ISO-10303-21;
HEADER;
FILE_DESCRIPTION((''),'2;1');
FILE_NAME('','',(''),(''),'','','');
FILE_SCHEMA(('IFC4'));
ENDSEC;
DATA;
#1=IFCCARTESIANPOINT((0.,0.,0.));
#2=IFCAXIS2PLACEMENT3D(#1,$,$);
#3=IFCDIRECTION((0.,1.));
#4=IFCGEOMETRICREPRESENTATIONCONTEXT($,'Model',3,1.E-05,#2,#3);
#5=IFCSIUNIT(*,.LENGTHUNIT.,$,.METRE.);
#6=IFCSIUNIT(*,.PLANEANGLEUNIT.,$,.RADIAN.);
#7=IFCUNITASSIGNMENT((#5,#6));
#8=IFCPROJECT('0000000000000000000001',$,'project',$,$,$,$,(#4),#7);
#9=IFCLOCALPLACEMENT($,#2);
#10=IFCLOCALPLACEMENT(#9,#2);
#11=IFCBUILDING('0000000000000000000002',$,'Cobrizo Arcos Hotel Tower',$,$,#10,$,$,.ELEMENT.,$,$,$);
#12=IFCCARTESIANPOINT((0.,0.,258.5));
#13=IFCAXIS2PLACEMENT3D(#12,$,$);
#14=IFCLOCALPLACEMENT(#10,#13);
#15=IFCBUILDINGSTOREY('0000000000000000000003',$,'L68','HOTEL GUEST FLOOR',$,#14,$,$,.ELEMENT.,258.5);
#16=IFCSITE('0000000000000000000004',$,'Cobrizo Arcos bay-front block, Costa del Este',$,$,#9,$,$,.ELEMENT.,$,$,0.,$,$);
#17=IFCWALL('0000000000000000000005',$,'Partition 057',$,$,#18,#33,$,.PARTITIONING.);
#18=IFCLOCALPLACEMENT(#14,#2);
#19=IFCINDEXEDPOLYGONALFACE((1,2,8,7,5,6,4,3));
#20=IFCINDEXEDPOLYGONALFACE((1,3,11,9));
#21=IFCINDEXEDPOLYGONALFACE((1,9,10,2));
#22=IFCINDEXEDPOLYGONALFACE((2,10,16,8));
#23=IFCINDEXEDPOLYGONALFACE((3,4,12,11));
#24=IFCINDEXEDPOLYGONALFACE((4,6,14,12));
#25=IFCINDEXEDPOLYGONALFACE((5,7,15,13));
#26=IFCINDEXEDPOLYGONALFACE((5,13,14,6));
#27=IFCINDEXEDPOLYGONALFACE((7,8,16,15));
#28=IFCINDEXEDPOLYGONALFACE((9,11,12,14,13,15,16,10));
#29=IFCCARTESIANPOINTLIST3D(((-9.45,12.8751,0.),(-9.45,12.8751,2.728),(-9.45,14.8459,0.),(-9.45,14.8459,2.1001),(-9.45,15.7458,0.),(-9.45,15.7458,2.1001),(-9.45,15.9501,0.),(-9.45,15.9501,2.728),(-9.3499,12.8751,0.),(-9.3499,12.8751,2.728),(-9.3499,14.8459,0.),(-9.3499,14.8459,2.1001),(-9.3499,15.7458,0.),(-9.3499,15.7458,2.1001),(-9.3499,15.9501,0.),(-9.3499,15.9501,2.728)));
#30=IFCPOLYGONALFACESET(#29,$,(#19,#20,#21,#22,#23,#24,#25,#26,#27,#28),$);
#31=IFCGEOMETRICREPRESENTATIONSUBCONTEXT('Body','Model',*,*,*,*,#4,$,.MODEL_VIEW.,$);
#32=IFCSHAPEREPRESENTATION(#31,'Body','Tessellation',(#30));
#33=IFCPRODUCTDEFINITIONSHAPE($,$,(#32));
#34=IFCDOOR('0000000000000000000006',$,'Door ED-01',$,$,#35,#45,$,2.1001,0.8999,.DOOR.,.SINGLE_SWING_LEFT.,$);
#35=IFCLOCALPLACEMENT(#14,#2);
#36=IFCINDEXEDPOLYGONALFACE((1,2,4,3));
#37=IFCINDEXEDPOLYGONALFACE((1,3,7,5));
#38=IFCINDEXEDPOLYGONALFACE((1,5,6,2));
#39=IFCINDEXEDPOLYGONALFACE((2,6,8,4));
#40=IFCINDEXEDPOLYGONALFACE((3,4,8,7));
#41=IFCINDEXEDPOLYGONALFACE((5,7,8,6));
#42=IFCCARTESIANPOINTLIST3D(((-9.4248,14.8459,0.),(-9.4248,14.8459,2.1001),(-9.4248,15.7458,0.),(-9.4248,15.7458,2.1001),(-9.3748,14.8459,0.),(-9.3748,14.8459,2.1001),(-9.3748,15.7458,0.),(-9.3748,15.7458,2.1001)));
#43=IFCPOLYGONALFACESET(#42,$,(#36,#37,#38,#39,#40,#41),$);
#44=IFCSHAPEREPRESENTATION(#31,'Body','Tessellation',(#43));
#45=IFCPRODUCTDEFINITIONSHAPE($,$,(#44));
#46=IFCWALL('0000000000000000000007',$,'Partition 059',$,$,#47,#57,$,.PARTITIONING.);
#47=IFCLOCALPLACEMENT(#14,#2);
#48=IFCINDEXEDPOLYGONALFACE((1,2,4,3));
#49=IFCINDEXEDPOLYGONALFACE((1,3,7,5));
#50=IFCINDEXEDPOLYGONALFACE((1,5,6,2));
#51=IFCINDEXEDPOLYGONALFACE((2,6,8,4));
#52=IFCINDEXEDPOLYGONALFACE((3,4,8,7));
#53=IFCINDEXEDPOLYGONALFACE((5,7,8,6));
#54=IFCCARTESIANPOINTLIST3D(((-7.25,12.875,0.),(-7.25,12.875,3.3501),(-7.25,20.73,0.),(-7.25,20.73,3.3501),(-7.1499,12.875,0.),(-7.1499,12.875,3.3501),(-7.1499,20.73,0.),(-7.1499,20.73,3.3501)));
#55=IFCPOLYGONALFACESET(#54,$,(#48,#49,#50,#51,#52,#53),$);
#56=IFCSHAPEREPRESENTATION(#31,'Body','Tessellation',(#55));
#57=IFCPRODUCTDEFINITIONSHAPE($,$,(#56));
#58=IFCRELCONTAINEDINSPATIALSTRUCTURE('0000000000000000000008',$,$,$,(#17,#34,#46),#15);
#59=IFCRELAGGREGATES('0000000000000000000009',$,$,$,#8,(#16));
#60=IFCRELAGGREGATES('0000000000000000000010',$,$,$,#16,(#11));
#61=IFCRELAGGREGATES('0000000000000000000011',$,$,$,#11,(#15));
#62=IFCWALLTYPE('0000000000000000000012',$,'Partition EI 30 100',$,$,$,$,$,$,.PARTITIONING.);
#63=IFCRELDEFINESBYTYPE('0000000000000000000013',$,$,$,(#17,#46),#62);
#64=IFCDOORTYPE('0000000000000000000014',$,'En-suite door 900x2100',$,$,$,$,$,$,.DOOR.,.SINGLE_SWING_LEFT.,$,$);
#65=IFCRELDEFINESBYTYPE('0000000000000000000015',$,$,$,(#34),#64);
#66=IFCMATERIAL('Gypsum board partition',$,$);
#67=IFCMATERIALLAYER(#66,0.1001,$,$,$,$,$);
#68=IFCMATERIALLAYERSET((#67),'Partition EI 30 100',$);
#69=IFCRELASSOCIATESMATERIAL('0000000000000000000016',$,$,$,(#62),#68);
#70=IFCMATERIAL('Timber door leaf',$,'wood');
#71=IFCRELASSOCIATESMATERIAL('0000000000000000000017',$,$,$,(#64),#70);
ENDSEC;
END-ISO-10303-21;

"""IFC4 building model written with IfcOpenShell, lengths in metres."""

from ifc_helpers import new_model, si_unit, direction, frame, frame_2d, origin, place, context, subcontext, project, spatial, rectangle, extrude, material, layer, layer_set, type_object, element, fill, save


model = new_model("IFC4")

# Units and contexts
model_context = context("Model", 3, precision=1e-05, world=origin(), true_north=direction((0.0, 1.0)))
body_context = subcontext(model_context, "Body", "Model", "MODEL_VIEW")
ifc_project = project(units=[si_unit("LENGTHUNIT", "METRE"), si_unit("PLANEANGLEUNIT", "RADIAN")], contexts=[model_context])

# Site, building, storey
site_placement = place(None, origin())
site = spatial("IfcSite", under=ifc_project, at=site_placement, Name="Cobrizo Arcos bay-front block, Costa del Este", CompositionType="ELEMENT", RefElevation=0.0)
building_placement = place(site_placement, origin())
building = spatial("IfcBuilding", under=site, at=building_placement, Name="Cobrizo Arcos Hotel Tower", CompositionType="ELEMENT")
storey_placement = place(building_placement, frame((0.0, 0.0, 258.5)))
storey = spatial("IfcBuildingStorey", under=building, at=storey_placement, Name="L68", Description="HOTEL GUEST FLOOR", CompositionType="ELEMENT", Elevation=258.5)

# Shared definitions
ifc_material_1 = material(Name="Gypsum board partition")
ifc_material_2 = material(Name="Timber door leaf", Category="wood")

# Shared definitions
ifc_layer_1 = layer(ifc_material_1, 0.1001)
ifc_layer_set_1 = layer_set([ifc_layer_1], Name="Partition EI 30 100")
wall_type_1 = type_object("IfcWallType", Name="Partition EI 30 100", PredefinedType="PARTITIONING", material=ifc_layer_set_1)

# Wall, opening, door
wall_1_placement = place(storey_placement, frame((-9.3999, 12.875, 0.0), z_axis=(0.0, 0.0, 1.0), x_axis=(0.0, 1.0, 0.0)))
wall_1 = element("IfcWall", 1, at=wall_1_placement, inside=storey, type_object=wall_type_1, Name="Partition 057", PredefinedType="PARTITIONING", context=body_context, shape_type="SweptSolid", body=[
    extrude(rectangle(XDim=3.075, YDim=0.1001, at=frame_2d((1.5376, 0.0))), origin(), (0.0, 0.0, 1.0), 2.728),
])
opening_1_placement = place(wall_1_placement, frame((1.9709, 0.0, 0.0)))
opening_1 = element("IfcOpeningElement", 2, at=opening_1_placement, cuts=wall_1, PredefinedType="OPENING", context=body_context, shape_type="SweptSolid", body=[
    extrude(rectangle(XDim=0.8999, YDim=2.1001, at=frame_2d((0.45, 1.05))), frame((0.0, 0.062, 0.0), z_axis=(0.0, -1.0, 0.0), x_axis=(1.0, 0.0, 0.0)), (0.0, 0.0, 1.0), 0.124),
])
door_type_1 = type_object("IfcDoorType", Name="En-suite door 900x2100", OperationType="SINGLE_SWING_LEFT", PredefinedType="DOOR", material=ifc_material_2)
door_1_placement = place(opening_1_placement, origin())
door_1 = element("IfcDoor", 3, at=door_1_placement, inside=storey, type_object=door_type_1, Name="Door ED-01", OperationType="SINGLE_SWING_LEFT", OverallHeight=2.1001, OverallWidth=0.8999, PredefinedType="DOOR", context=body_context, shape_type="SweptSolid", body=[
    extrude(rectangle(XDim=0.8999, YDim=2.1001, at=frame_2d((0.45, 1.05))), frame((0.0, 0.0249, 0.0), z_axis=(0.0, -1.0, 0.0), x_axis=(1.0, 0.0, 0.0)), (0.0, 0.0, 1.0), 0.05),
])
fill(opening_1, door_1)

# Wall
wall_2_placement = place(storey_placement, frame((-7.2, 12.875, 0.0), z_axis=(0.0, 0.0, 1.0), x_axis=(0.0, 1.0, 0.0)))
element("IfcWall", 4, at=wall_2_placement, inside=storey, type_object=wall_type_1, Name="Partition 059", PredefinedType="PARTITIONING", context=body_context, shape_type="SweptSolid", body=[
    extrude(rectangle(XDim=7.855, YDim=0.1001, at=frame_2d((3.9275, 0.0))), origin(), (0.0, 0.0, 1.0), 3.3501),
])

save(model, "model.ifc")
